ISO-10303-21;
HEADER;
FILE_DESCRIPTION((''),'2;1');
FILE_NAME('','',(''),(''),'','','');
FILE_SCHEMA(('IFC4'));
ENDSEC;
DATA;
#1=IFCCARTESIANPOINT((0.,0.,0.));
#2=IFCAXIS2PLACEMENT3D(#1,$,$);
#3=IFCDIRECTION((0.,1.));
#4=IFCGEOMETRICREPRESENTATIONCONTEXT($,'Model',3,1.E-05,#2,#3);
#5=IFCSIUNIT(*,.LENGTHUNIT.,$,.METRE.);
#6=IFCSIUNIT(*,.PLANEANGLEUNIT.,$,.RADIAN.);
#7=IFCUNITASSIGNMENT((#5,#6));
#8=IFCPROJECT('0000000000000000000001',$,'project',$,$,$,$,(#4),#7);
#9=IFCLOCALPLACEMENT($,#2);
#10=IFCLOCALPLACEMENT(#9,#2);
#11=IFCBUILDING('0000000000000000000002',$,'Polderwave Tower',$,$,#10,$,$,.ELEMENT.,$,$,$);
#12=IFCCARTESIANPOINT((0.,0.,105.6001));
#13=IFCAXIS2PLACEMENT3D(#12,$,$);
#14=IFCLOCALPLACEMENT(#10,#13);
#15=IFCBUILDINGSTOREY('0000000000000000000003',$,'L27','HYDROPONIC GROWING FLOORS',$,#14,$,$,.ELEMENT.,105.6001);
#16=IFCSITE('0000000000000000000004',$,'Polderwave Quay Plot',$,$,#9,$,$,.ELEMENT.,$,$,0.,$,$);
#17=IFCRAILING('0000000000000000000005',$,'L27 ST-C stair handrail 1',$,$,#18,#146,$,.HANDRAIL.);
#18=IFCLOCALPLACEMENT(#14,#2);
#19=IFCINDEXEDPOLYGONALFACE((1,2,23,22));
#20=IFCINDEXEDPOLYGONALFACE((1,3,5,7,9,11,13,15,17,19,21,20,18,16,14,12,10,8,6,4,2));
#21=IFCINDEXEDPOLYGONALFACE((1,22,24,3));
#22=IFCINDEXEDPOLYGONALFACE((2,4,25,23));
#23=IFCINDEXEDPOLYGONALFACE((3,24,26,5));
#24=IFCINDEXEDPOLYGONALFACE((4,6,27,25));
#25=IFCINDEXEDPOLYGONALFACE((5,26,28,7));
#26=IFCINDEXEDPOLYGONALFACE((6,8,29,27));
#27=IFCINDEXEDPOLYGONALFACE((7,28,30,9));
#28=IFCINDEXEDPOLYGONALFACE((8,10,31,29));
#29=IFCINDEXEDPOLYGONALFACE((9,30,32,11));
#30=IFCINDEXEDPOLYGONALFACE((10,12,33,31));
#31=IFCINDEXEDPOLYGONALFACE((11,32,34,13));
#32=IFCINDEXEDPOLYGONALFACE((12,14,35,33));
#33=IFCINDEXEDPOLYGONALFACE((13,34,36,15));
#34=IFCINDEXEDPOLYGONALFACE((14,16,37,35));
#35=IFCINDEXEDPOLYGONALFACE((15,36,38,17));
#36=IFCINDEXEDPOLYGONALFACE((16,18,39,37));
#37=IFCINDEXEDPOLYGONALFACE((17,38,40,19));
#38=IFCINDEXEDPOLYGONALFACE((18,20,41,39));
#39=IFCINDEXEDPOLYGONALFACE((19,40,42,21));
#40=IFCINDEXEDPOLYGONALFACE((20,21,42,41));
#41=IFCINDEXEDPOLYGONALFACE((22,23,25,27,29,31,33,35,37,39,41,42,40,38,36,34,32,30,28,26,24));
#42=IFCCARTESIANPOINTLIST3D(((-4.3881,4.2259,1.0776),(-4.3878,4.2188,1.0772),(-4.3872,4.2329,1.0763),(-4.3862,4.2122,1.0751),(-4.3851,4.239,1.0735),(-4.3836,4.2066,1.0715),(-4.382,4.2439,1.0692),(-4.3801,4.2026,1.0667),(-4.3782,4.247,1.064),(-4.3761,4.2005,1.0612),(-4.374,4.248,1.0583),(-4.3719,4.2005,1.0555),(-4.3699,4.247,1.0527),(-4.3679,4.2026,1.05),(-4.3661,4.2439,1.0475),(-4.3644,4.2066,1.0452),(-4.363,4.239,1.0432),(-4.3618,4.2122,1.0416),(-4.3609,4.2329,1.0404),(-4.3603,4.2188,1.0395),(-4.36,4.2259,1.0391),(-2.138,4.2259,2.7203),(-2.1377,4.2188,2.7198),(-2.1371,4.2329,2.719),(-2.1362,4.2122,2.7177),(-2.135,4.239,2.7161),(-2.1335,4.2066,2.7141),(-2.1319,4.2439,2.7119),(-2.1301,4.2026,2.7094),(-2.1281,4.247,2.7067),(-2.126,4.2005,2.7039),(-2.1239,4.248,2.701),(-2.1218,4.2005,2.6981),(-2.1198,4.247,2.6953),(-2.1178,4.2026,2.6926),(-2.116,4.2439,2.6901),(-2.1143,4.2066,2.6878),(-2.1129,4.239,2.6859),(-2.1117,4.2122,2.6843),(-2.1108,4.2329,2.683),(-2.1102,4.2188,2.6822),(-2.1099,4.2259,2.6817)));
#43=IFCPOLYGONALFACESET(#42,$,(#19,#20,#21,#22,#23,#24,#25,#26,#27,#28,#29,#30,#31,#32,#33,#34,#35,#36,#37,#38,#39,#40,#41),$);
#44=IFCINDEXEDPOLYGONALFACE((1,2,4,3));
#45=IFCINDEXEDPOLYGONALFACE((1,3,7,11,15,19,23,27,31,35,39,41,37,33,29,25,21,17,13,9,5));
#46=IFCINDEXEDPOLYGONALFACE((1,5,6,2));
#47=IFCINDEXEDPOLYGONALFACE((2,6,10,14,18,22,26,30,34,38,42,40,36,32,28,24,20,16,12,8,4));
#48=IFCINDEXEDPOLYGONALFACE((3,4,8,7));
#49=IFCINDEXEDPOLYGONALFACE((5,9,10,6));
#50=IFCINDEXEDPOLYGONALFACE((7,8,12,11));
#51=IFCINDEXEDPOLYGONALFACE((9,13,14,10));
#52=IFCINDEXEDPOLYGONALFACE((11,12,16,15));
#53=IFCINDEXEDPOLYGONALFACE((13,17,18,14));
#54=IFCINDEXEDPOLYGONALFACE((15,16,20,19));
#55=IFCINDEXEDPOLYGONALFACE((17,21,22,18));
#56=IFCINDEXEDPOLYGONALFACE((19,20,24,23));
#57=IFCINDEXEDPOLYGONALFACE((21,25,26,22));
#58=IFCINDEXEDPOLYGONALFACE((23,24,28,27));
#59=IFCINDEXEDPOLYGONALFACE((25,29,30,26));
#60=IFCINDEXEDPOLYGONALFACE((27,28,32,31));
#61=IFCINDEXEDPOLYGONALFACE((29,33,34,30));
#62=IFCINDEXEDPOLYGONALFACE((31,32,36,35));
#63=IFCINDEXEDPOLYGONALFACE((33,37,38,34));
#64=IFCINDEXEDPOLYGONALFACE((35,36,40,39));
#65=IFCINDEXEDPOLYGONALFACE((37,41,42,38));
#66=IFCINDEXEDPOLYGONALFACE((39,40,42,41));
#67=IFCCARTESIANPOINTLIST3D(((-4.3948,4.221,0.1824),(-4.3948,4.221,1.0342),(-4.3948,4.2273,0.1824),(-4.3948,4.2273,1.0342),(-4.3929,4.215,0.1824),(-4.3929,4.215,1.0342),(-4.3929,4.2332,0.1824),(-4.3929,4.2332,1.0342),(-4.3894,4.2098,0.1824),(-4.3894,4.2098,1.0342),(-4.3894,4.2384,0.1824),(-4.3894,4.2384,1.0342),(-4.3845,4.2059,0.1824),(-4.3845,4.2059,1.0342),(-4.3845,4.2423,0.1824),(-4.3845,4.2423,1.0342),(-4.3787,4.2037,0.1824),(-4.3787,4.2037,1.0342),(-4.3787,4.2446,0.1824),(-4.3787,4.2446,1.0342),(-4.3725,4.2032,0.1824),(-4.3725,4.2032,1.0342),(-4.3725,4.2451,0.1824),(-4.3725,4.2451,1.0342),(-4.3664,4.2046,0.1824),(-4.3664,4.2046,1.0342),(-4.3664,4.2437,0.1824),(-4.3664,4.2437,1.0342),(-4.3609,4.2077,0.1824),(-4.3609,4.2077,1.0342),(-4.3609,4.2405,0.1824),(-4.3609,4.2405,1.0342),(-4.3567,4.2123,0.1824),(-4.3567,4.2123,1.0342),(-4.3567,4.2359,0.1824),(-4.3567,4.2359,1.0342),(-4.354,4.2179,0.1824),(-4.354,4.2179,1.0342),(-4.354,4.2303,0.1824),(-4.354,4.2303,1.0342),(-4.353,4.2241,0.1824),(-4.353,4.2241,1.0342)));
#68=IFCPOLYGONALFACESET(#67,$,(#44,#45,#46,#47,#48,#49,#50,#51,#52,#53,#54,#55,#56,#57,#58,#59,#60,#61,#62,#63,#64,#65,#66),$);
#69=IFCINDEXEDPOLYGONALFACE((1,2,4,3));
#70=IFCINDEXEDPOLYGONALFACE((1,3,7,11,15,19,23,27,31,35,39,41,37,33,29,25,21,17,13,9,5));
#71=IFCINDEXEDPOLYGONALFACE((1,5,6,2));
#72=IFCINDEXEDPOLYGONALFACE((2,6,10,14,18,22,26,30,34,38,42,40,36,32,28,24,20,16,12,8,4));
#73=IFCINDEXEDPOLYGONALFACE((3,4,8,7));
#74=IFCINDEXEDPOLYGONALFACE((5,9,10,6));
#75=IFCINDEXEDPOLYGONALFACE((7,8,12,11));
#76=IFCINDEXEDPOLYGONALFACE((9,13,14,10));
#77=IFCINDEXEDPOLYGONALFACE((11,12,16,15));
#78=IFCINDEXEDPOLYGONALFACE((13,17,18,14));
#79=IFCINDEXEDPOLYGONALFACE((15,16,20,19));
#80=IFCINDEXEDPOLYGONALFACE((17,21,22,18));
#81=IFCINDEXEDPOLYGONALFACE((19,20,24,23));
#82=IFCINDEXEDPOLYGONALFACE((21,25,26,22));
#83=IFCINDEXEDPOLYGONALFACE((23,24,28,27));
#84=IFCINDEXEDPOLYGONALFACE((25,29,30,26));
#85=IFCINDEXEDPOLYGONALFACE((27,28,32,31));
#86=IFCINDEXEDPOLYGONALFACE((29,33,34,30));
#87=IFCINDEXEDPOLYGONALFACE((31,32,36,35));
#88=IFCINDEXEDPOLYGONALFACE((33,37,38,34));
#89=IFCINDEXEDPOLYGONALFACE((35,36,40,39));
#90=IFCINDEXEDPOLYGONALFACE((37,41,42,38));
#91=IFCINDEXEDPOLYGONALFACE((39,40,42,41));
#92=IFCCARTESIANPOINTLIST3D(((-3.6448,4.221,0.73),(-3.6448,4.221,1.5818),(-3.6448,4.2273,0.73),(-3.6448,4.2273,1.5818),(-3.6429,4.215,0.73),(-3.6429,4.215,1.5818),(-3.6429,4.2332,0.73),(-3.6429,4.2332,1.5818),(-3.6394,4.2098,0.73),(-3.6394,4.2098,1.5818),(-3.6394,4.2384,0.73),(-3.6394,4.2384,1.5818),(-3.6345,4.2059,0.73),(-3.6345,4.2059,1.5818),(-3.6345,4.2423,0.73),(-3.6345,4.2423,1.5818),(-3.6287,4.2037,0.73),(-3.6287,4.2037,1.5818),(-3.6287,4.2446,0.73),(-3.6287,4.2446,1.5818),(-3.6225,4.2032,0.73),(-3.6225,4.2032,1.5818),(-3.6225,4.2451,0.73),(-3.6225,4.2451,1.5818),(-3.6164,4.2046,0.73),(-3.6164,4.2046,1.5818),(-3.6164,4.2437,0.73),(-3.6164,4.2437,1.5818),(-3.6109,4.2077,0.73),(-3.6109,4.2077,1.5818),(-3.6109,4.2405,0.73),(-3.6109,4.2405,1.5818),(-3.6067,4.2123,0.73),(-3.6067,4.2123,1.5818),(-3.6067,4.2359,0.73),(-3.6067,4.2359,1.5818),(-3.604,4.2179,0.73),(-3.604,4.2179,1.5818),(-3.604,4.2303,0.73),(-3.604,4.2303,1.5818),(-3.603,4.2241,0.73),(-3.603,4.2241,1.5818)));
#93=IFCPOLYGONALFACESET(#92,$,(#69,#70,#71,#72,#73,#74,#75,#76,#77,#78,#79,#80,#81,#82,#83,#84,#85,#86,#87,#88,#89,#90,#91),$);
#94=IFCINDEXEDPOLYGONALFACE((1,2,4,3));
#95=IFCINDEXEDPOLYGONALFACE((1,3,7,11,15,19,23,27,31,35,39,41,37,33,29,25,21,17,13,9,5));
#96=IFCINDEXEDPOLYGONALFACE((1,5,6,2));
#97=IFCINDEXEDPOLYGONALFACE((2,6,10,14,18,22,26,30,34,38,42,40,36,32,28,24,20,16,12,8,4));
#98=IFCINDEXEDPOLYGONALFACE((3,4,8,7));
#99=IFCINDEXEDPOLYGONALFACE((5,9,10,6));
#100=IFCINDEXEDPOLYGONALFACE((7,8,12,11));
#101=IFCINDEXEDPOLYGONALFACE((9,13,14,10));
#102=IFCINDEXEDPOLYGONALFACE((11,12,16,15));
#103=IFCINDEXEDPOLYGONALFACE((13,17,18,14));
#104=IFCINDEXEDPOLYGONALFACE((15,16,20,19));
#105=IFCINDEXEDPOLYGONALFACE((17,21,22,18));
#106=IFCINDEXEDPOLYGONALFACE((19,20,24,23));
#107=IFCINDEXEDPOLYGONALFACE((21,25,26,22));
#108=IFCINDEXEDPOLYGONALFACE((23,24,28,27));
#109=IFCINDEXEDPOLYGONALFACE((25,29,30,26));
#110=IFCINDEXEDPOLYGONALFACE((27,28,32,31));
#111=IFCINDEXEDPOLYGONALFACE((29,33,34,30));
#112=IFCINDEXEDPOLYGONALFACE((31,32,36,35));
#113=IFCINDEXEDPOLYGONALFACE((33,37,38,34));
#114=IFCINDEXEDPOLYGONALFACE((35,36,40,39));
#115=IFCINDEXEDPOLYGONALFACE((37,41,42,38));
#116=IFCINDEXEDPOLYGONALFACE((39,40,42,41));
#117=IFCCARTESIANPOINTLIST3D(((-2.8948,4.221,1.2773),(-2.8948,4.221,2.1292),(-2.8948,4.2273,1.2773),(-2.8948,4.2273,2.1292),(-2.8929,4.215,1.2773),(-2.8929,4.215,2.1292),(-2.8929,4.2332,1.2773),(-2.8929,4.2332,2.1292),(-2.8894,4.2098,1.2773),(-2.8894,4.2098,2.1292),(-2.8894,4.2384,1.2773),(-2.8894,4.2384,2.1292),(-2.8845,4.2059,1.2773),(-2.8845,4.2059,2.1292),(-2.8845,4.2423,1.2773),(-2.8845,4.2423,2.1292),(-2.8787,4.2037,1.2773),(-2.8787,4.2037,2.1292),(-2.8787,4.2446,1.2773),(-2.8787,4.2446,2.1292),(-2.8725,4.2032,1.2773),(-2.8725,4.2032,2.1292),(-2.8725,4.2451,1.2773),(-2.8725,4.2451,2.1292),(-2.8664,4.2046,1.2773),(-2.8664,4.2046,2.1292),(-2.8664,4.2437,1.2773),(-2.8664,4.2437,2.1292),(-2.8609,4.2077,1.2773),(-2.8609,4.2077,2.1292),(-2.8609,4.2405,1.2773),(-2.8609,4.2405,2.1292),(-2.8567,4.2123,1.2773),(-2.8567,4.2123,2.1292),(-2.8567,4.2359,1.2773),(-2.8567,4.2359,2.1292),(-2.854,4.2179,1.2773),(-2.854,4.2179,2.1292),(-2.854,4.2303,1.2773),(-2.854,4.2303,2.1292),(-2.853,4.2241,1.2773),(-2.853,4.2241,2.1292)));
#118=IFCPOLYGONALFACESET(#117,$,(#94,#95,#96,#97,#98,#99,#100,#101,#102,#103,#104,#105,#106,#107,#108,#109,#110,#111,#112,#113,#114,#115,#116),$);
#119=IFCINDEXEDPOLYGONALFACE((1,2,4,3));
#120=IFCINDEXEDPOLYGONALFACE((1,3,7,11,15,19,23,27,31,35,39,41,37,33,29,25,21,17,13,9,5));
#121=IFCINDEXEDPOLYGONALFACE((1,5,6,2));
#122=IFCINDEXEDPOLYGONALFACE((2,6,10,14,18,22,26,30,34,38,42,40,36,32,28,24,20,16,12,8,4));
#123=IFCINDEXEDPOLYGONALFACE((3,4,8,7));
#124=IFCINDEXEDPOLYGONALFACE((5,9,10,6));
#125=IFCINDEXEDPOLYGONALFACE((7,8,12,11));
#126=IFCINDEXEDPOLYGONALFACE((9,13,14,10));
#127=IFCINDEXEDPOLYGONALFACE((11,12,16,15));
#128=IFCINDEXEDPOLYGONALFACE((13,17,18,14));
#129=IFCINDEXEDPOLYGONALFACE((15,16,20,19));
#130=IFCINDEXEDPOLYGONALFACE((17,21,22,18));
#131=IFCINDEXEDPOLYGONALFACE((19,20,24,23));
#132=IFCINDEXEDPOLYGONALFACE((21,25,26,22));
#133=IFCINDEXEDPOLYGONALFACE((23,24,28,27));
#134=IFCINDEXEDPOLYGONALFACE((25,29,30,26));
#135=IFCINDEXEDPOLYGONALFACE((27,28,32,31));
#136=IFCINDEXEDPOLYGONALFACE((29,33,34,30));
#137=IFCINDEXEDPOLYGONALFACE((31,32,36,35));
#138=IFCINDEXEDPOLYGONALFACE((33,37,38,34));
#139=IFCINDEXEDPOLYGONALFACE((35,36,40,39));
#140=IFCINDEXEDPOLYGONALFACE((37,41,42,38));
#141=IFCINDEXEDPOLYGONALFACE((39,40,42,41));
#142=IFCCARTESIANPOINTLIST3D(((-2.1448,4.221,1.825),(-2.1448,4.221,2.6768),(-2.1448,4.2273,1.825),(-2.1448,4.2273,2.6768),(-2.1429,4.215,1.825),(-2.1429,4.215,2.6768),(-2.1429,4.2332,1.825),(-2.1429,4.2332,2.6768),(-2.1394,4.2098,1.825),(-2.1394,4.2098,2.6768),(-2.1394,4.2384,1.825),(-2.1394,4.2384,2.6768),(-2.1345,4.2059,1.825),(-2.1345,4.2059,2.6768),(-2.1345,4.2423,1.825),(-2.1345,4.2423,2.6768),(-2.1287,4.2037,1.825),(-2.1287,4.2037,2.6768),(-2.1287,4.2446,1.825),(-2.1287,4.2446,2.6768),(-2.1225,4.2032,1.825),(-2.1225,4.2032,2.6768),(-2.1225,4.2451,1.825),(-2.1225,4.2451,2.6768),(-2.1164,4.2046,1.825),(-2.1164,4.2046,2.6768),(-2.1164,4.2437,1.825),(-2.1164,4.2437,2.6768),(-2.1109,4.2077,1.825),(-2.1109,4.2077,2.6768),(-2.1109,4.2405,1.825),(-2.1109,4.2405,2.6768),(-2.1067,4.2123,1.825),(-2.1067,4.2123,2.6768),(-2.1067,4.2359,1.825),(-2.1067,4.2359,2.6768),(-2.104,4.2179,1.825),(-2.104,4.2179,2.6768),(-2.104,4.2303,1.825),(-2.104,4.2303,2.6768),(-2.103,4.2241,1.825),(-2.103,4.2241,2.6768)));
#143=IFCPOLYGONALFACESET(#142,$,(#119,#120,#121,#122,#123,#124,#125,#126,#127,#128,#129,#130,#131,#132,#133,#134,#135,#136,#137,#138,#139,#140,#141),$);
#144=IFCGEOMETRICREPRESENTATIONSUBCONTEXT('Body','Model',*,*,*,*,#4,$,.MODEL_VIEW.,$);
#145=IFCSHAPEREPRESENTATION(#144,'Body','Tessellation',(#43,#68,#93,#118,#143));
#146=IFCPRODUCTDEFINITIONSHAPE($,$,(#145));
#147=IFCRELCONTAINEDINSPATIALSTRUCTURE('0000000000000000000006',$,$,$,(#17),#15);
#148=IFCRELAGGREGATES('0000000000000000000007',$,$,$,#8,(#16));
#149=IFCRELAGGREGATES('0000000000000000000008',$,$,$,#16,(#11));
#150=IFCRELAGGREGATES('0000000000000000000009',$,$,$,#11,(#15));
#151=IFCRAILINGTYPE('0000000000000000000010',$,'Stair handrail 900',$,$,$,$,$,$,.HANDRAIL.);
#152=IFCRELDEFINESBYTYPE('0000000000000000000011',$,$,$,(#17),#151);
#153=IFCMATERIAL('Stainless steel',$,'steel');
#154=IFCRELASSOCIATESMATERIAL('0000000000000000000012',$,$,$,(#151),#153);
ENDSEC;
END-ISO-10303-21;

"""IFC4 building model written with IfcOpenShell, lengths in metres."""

from ifc_helpers import new_model, si_unit, direction, frame, origin, origin_2d, place, context, subcontext, project, spatial, circle, extrude, material, type_object, element, save


model = new_model("IFC4")

# Units and contexts
model_context = context("Model", 3, precision=1e-05, world=origin(), true_north=direction((0.0, 1.0)))
body_context = subcontext(model_context, "Body", "Model", "MODEL_VIEW")
ifc_project = project(units=[si_unit("LENGTHUNIT", "METRE"), si_unit("PLANEANGLEUNIT", "RADIAN")], contexts=[model_context])

# Site, building, storey
site_placement = place(None, origin())
site = spatial("IfcSite", under=ifc_project, at=site_placement, Name="Polderwave Quay Plot", CompositionType="ELEMENT", RefElevation=0.0)
building_placement = place(site_placement, origin())
building = spatial("IfcBuilding", under=site, at=building_placement, Name="Polderwave Tower", CompositionType="ELEMENT")
storey_placement = place(building_placement, frame((0.0, 0.0, 105.6001)))
storey = spatial("IfcBuildingStorey", under=building, at=storey_placement, Name="L27", Description="HYDROPONIC GROWING FLOORS", CompositionType="ELEMENT", Elevation=105.6001)

# Railing
ifc_material_1 = material(Name="Stainless steel", Category="steel")
railing_type_1 = type_object("IfcRailingType", Name="Stair handrail 900", PredefinedType="HANDRAIL", material=ifc_material_1)
railing_1_placement = place(storey_placement, frame((-4.374, 4.2241, 0.1824)))
element("IfcRailing", 1, at=railing_1_placement, inside=storey, type_object=railing_type_1, Name="L27 ST-C stair handrail 1", PredefinedType="HANDRAIL", context=body_context, shape_type="SweptSolid", body=[
    extrude(circle(Radius=0.0239, at=origin_2d()), frame((0.0, 0.0, 0.876), z_axis=(0.807674, 0.0, 0.58963), x_axis=(0.0, 1.0, 0.0)), (0.0, 0.0, 1.0), 2.7859),
    extrude(circle(Radius=0.021, at=origin_2d()), origin(), (0.0, 0.0, 1.0), 0.8518),
    extrude(circle(Radius=0.021, at=origin_2d()), frame((0.75, 0.0, 0.5476)), (0.0, 0.0, 1.0), 0.8518),
    extrude(circle(Radius=0.021, at=origin_2d()), frame((1.5, 0.0, 1.095)), (0.0, 0.0, 1.0), 0.8518),
    extrude(circle(Radius=0.021, at=origin_2d()), frame((2.25, 0.0, 1.6426)), (0.0, 0.0, 1.0), 0.8518),
])

save(model, "model.ifc")
